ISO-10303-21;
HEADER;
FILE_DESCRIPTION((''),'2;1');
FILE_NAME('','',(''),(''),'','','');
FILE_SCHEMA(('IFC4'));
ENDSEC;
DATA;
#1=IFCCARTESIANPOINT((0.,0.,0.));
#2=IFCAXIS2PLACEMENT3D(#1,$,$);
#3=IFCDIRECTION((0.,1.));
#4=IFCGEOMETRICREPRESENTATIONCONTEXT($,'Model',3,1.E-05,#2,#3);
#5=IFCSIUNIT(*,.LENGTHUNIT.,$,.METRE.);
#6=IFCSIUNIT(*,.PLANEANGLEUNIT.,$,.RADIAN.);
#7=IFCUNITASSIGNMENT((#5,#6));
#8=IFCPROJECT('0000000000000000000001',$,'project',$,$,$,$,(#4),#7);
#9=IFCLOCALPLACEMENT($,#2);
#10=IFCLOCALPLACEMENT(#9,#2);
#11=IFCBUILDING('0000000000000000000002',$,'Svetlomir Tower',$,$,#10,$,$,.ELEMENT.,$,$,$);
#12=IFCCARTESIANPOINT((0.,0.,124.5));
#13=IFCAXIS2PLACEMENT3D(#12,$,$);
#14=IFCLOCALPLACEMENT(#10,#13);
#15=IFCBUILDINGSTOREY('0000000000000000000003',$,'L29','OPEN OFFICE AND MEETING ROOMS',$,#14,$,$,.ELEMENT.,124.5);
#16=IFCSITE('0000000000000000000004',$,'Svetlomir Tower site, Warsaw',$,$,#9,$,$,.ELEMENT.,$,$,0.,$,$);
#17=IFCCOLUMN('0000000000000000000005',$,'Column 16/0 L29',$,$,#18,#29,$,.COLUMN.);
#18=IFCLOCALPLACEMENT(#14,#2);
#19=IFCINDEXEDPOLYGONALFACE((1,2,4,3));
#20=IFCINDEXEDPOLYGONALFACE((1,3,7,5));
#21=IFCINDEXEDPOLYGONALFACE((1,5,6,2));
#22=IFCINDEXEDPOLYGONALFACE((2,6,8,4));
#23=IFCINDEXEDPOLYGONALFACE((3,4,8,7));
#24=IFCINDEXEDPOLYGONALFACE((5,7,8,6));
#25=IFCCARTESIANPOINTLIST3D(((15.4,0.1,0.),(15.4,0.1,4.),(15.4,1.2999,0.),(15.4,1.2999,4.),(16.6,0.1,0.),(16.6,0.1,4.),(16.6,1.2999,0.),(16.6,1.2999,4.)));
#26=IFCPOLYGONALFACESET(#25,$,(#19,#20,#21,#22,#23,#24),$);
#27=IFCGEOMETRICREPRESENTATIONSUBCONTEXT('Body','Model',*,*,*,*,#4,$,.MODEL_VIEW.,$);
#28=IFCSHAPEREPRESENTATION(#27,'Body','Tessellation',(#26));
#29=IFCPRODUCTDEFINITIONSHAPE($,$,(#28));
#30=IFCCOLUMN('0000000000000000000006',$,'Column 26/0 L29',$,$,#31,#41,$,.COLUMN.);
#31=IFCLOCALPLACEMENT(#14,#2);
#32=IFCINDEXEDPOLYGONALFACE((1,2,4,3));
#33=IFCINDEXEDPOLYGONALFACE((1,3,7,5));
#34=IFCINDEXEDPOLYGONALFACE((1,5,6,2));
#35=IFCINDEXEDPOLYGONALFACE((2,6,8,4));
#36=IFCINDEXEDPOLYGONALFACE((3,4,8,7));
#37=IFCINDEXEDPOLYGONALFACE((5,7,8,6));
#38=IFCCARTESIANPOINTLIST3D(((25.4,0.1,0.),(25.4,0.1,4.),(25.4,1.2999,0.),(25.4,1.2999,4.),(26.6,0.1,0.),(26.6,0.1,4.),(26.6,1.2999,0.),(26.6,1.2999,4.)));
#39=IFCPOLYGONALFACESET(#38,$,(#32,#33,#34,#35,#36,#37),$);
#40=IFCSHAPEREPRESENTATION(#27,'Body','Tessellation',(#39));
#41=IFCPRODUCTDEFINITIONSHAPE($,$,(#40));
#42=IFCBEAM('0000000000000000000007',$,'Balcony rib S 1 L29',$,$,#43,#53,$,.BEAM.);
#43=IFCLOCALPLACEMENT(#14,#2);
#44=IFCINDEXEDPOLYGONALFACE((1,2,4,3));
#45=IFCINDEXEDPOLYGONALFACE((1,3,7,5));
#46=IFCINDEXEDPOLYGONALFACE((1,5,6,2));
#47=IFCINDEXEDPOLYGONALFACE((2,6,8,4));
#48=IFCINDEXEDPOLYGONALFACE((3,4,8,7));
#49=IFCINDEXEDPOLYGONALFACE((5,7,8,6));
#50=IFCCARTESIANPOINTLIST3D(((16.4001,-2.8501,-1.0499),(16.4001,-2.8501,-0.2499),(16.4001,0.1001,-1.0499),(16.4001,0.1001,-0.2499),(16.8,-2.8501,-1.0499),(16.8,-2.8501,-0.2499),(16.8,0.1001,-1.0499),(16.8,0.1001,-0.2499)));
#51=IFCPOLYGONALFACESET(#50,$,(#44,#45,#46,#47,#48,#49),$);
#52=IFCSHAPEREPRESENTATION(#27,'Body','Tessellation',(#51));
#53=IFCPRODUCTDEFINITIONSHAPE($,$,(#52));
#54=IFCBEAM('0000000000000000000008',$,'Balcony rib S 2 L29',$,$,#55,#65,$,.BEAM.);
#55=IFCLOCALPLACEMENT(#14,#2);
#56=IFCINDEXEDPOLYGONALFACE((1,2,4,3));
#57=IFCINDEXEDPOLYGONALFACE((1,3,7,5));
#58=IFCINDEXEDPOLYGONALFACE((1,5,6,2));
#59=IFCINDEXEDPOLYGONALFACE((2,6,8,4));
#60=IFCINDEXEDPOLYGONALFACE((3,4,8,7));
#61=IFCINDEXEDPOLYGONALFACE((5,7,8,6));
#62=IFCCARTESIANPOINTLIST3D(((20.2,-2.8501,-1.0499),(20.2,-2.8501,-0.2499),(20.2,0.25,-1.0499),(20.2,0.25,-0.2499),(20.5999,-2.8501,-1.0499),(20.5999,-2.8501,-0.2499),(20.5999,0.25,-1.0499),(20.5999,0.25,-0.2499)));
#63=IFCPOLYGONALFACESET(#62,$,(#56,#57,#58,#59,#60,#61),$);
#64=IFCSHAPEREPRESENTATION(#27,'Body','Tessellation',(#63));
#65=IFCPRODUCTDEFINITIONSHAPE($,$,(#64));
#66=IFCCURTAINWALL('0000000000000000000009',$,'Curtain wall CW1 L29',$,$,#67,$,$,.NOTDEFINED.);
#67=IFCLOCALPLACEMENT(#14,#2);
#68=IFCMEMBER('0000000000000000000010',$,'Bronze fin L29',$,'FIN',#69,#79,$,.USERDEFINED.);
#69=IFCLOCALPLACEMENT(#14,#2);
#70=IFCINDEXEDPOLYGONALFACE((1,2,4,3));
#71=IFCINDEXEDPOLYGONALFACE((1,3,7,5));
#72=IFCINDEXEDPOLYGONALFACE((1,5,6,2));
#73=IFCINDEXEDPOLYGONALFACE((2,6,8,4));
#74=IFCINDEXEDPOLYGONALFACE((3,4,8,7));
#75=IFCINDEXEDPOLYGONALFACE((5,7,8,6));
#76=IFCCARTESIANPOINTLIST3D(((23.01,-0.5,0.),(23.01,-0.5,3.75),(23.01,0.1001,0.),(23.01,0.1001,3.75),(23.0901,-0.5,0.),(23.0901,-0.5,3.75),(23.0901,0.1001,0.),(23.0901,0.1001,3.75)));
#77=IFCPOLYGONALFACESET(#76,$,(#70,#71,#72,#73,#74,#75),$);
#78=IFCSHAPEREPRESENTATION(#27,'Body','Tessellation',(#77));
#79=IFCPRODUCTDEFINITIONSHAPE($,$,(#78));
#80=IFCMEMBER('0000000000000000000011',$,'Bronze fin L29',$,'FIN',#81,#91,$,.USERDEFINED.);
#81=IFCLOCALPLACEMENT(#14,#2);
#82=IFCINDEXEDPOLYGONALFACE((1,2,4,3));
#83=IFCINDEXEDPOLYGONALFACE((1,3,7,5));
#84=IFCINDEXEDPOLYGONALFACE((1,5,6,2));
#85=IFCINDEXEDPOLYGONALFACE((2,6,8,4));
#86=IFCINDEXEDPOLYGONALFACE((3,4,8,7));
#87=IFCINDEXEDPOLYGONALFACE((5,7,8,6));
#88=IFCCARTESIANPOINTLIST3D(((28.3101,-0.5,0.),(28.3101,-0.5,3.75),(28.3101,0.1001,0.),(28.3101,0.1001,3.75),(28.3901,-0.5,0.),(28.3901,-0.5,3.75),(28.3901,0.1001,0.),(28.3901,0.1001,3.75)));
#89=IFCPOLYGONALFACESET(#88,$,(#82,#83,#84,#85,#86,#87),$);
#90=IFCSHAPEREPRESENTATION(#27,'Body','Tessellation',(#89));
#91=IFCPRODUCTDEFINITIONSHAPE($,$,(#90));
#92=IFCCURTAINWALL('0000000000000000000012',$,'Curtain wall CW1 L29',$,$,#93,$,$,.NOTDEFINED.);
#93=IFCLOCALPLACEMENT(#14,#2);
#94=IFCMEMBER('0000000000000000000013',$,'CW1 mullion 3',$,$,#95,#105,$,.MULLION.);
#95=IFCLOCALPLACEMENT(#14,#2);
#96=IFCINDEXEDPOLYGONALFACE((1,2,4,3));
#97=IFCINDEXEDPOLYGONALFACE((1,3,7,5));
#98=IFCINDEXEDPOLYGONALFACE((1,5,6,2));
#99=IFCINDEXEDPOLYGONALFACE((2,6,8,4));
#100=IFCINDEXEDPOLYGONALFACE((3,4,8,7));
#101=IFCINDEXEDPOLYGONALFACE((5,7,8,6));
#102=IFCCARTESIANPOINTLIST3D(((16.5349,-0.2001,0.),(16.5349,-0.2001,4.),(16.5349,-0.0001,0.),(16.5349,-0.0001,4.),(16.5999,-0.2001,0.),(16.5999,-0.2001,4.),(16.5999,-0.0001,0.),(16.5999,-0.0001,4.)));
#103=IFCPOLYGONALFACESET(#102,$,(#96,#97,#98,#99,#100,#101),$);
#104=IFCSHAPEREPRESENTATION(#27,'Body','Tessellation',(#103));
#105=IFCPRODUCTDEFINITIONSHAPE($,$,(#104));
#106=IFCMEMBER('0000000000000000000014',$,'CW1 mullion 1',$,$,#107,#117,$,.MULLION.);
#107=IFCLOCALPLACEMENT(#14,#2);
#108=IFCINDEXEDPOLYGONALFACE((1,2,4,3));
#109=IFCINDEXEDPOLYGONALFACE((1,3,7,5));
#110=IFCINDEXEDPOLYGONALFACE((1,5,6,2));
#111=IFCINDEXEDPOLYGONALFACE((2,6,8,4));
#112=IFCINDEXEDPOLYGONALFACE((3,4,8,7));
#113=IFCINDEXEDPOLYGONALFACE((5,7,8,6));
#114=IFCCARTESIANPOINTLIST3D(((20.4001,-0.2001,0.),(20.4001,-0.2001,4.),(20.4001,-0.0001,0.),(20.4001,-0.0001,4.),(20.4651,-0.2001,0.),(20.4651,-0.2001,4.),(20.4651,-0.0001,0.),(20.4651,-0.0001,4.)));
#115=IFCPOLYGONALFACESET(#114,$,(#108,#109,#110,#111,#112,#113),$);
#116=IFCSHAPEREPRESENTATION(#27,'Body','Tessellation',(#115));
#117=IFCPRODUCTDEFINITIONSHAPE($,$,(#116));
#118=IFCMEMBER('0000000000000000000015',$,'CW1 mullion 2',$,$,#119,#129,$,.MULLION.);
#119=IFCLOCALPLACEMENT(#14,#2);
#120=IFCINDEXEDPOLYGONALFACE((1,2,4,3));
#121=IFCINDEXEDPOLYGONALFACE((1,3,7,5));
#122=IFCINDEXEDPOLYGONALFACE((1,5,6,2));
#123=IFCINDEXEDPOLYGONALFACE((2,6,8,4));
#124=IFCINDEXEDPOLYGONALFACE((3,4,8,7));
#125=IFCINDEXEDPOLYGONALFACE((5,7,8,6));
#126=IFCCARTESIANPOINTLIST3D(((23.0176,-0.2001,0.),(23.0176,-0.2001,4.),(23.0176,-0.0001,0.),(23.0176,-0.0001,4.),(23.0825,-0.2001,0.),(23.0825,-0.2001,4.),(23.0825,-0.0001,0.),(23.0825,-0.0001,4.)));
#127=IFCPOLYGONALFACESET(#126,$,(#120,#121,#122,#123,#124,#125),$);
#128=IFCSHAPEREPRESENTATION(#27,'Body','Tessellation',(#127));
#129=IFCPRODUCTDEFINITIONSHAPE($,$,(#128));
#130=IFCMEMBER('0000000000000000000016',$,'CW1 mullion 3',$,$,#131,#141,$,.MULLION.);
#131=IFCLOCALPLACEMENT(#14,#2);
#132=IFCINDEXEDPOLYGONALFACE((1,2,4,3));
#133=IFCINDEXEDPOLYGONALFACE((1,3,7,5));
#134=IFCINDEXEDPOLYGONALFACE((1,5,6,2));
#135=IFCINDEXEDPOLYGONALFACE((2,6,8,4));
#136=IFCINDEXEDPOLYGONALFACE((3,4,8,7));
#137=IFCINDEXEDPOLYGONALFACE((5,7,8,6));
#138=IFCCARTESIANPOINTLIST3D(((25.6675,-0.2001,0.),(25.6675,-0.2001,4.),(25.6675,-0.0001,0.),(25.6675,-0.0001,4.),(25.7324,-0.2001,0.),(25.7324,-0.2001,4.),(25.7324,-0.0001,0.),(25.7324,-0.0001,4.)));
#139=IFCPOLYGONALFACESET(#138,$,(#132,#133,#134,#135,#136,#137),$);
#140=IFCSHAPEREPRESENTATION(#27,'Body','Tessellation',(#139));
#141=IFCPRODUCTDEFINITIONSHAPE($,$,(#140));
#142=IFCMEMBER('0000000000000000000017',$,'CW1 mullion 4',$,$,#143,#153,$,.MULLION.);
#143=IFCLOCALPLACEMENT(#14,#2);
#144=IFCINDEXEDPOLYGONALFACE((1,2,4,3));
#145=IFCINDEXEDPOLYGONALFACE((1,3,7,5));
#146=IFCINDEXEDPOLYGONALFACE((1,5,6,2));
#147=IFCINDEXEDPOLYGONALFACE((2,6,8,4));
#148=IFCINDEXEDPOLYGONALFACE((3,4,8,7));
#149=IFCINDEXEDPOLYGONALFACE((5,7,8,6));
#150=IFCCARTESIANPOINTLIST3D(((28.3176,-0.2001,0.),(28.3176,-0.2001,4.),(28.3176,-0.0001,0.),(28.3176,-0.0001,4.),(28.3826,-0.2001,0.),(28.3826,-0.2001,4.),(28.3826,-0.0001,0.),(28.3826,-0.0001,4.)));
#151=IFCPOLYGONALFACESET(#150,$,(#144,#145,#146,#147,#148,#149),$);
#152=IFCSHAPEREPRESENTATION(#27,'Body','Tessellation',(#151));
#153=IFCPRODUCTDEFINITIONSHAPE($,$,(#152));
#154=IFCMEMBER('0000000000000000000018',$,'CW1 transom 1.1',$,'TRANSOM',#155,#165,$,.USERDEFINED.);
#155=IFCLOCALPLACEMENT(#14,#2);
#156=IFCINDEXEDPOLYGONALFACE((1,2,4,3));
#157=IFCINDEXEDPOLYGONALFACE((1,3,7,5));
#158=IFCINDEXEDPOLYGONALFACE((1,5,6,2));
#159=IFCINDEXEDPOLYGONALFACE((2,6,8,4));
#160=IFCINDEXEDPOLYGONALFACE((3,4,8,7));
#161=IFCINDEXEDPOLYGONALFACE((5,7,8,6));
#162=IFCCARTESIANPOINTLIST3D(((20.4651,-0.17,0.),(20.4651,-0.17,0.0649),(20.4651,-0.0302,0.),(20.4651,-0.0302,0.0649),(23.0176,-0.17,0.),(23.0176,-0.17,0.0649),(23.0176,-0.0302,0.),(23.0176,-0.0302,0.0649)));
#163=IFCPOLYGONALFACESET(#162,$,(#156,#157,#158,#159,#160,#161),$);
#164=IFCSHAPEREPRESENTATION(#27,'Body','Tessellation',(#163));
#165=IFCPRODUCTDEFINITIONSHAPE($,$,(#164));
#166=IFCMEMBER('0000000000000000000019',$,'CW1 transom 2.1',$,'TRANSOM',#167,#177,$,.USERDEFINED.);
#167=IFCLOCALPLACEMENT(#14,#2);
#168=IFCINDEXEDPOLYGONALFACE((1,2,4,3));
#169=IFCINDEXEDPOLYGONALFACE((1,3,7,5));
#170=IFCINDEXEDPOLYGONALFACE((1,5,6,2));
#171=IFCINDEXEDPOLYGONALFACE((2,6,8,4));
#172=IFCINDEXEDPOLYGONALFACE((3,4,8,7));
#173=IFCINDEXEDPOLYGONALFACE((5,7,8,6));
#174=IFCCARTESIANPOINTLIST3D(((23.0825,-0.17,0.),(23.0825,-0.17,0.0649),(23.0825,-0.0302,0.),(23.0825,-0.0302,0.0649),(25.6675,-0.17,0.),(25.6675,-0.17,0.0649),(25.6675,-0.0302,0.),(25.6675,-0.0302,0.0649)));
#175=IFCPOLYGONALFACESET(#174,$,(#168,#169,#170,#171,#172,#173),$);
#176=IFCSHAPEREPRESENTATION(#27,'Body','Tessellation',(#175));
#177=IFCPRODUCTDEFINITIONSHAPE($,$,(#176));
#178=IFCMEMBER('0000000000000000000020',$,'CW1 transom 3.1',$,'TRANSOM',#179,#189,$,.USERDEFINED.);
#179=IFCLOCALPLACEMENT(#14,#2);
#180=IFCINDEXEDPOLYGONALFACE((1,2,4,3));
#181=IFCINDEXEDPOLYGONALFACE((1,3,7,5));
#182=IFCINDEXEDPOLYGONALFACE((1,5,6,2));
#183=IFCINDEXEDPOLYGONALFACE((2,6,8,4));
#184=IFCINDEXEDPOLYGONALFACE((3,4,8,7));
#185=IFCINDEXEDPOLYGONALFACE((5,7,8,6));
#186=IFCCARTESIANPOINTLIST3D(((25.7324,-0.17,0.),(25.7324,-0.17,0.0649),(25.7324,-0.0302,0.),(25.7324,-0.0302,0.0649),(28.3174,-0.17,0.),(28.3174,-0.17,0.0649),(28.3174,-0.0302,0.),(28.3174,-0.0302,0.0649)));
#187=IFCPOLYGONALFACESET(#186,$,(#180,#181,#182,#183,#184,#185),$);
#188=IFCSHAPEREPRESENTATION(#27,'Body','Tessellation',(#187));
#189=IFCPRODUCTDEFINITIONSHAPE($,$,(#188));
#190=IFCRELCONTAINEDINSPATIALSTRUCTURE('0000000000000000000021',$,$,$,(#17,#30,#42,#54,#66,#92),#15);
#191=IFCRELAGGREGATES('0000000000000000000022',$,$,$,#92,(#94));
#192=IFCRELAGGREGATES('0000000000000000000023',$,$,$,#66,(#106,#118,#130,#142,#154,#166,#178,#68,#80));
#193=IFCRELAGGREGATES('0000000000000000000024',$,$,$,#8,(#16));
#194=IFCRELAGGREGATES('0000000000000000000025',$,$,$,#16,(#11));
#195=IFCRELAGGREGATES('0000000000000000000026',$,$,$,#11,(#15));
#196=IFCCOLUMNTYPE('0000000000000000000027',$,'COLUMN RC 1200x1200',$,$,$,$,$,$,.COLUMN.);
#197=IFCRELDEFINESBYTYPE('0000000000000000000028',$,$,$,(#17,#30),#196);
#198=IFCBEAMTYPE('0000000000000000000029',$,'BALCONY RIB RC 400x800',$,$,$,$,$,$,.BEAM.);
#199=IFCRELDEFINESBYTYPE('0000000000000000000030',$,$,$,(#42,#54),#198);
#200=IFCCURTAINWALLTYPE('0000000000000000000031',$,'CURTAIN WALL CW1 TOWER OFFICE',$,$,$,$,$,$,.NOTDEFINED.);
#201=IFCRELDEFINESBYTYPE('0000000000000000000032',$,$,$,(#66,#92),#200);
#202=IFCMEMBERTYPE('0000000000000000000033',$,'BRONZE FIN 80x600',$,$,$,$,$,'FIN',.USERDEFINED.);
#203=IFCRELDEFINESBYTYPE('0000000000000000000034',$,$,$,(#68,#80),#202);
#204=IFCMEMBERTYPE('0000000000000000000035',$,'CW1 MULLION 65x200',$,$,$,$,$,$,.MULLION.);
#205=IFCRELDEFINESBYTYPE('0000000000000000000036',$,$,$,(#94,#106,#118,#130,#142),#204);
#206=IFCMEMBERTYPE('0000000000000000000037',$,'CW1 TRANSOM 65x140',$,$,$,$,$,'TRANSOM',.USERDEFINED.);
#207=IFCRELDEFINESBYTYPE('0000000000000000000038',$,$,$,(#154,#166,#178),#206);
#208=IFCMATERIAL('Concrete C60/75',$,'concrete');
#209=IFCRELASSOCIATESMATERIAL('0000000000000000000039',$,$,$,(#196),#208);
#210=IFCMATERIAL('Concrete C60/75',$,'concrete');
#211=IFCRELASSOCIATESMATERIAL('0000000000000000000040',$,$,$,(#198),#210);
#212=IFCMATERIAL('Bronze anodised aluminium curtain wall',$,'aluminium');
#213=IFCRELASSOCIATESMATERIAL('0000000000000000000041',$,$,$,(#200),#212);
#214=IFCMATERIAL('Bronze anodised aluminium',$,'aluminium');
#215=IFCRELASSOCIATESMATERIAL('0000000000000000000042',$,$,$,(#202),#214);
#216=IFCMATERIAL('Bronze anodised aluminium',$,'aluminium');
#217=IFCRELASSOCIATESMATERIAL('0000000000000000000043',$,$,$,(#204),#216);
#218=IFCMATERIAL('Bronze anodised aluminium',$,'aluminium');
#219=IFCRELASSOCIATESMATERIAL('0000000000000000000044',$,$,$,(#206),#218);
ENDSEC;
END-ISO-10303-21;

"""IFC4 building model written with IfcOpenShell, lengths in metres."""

from ifc_helpers import new_model, si_unit, direction, frame, origin, origin_2d, place, context, subcontext, project, spatial, rectangle, extrude, material, material_profile, profile_set, type_object, element, aggregate, save


model = new_model("IFC4")

# Units and contexts
model_context = context("Model", 3, precision=1e-05, world=origin(), true_north=direction((0.0, 1.0)))
body_context = subcontext(model_context, "Body", "Model", "MODEL_VIEW")
ifc_project = project(units=[si_unit("LENGTHUNIT", "METRE"), si_unit("PLANEANGLEUNIT", "RADIAN")], contexts=[model_context])

# Site, building, storey
site_placement = place(None, origin())
site = spatial("IfcSite", under=ifc_project, at=site_placement, Name="Svetlomir Tower site, Warsaw", CompositionType="ELEMENT", RefElevation=0.0)
building_placement = place(site_placement, origin())
building = spatial("IfcBuilding", under=site, at=building_placement, Name="Svetlomir Tower", CompositionType="ELEMENT")
storey_placement = place(building_placement, frame((0.0, 0.0, 124.5)))
storey = spatial("IfcBuildingStorey", under=building, at=storey_placement, Name="L29", Description="OPEN OFFICE AND MEETING ROOMS", CompositionType="ELEMENT", Elevation=124.5)

# Columns
ifc_material_1 = material(Name="Concrete C60/75", Category="concrete")
ifc_material_profile_1 = material_profile(ifc_material_1, rectangle(XDim=1.2, YDim=1.2, at=origin_2d()), Name="RC 1200x1200")
ifc_profile_set_1 = profile_set([ifc_material_profile_1], Name="Concrete C60/75")
column_type = type_object("IfcColumnType", Name="COLUMN RC 1200x1200", PredefinedType="COLUMN", material=ifc_profile_set_1)
for number, where, z_axis, x_axis, name in (
    (1, (16.0, 0.7, 0.0), (0.0, 0.0, 1.0), (1.0, 0.0, 0.0), "Column 16/0 L29"),
    (2, (26.0, 0.7, 0.0), (0.0, 0.0, 1.0), (1.0, 0.0, 0.0), "Column 26/0 L29"),
):
    element("IfcColumn", number, at=place(storey_placement, frame(where, z_axis=z_axis, x_axis=x_axis)), inside=storey, type_object=column_type, Name=name, PredefinedType="COLUMN", context=body_context, shape_type="SweptSolid", body=[
        extrude(rectangle(XDim=1.2, YDim=1.2, at=origin_2d()), origin(), (0.0, 0.0, 1.0), 4.0),
    ])

# Beams
ifc_material_2 = material(Name="Concrete C60/75", Category="concrete")
ifc_material_profile_2 = material_profile(ifc_material_2, rectangle(XDim=0.3999, YDim=0.8, at=origin_2d()), Name="RC 400x800")
ifc_profile_set_2 = profile_set([ifc_material_profile_2], Name="Concrete C60/75")
beam_type_1 = type_object("IfcBeamType", Name="BALCONY RIB RC 400x800", PredefinedType="BEAM", material=ifc_profile_set_2)
beam_1_placement = place(storey_placement, frame((16.6001, 0.1001, -0.6499), z_axis=(0.0, -1.0, 0.0), x_axis=(1.0, 0.0, 0.0)))
element("IfcBeam", 3, at=beam_1_placement, inside=storey, type_object=beam_type_1, Name="Balcony rib S 1 L29", PredefinedType="BEAM", context=body_context, shape_type="SweptSolid", body=[
    extrude(rectangle(XDim=0.3999, YDim=0.8, at=origin_2d()), origin(), (0.0, 0.0, 1.0), 2.9502),
])
beam_2_placement = place(storey_placement, frame((20.3999, 0.25, -0.6499), z_axis=(0.0, -1.0, 0.0), x_axis=(1.0, 0.0, 0.0)))
element("IfcBeam", 4, at=beam_2_placement, inside=storey, type_object=beam_type_1, Name="Balcony rib S 2 L29", PredefinedType="BEAM", context=body_context, shape_type="SweptSolid", body=[
    extrude(rectangle(XDim=0.3999, YDim=0.8, at=origin_2d()), origin(), (0.0, 0.0, 1.0), 3.1001),
])

# Curtain wall, members
ifc_material_3 = material(Name="Bronze anodised aluminium curtain wall", Category="aluminium")
curtain_wall_type = type_object("IfcCurtainWallType", Name="CURTAIN WALL CW1 TOWER OFFICE", PredefinedType="NOTDEFINED", material=ifc_material_3)
curtain_wall_1_placement = place(storey_placement, origin())
curtain_wall_1 = element("IfcCurtainWall", 5, at=curtain_wall_1_placement, inside=storey, type_object=curtain_wall_type, Name="Curtain wall CW1 L29", PredefinedType="NOTDEFINED")
ifc_material_4 = material(Name="Bronze anodised aluminium", Category="aluminium")
ifc_material_profile_3 = material_profile(ifc_material_4, rectangle(XDim=0.0801, YDim=0.6001, at=origin_2d()), Name="FIN 80x600")
ifc_profile_set_3 = profile_set([ifc_material_profile_3], Name="Bronze anodised aluminium 6063-T6")
member_type_1 = type_object("IfcMemberType", Name="BRONZE FIN 80x600", ElementType="FIN", PredefinedType="USERDEFINED", material=ifc_profile_set_3)
member_1_placement = place(storey_placement, frame((23.05, -0.2, 0.0), z_axis=(0.0, 0.0, 1.0), x_axis=(1.0, 0.0, 0.0)))
member_1 = element("IfcMember", 6, at=member_1_placement, type_object=member_type_1, Name="Bronze fin L29", ObjectType="FIN", PredefinedType="USERDEFINED", context=body_context, shape_type="SweptSolid", body=[
    extrude(rectangle(XDim=0.0801, YDim=0.6001, at=origin_2d()), origin(), (0.0, 0.0, 1.0), 3.75),
])
member_2_placement = place(storey_placement, frame((28.3501, -0.2, 0.0), z_axis=(0.0, 0.0, 1.0), x_axis=(1.0, 0.0, 0.0)))
member_2 = element("IfcMember", 7, at=member_2_placement, type_object=member_type_1, Name="Bronze fin L29", ObjectType="FIN", PredefinedType="USERDEFINED", context=body_context, shape_type="SweptSolid", body=[
    extrude(rectangle(XDim=0.0801, YDim=0.6001, at=origin_2d()), origin(), (0.0, 0.0, 1.0), 3.75),
])

# Curtain wall, member
curtain_wall_2_placement = place(storey_placement, origin())
curtain_wall_2 = element("IfcCurtainWall", 8, at=curtain_wall_2_placement, inside=storey, type_object=curtain_wall_type, Name="Curtain wall CW1 L29", PredefinedType="NOTDEFINED")
ifc_material_5 = material(Name="Bronze anodised aluminium", Category="aluminium")
ifc_material_profile_4 = material_profile(ifc_material_5, rectangle(XDim=0.0649, YDim=0.2, at=origin_2d()), Name="AL 65x200")
ifc_profile_set_4 = profile_set([ifc_material_profile_4], Name="Bronze anodised aluminium 6063-T6")
member_type_2 = type_object("IfcMemberType", Name="CW1 MULLION 65x200", PredefinedType="MULLION", material=ifc_profile_set_4)
member_3_placement = place(storey_placement, frame((16.5674, -0.1001, 0.0), z_axis=(0.0, 0.0, 1.0), x_axis=(1.0, 0.0, 0.0)))
member_3 = element("IfcMember", 9, at=member_3_placement, type_object=member_type_2, Name="CW1 mullion 3", PredefinedType="MULLION", context=body_context, shape_type="SweptSolid", body=[
    extrude(rectangle(XDim=0.0649, YDim=0.2, at=origin_2d()), origin(), (0.0, 0.0, 1.0), 4.0),
])

# Members
member_4_placement = place(storey_placement, frame((20.4326, -0.1001, 0.0), z_axis=(0.0, 0.0, 1.0), x_axis=(1.0, 0.0, 0.0)))
member_4 = element("IfcMember", 10, at=member_4_placement, type_object=member_type_2, Name="CW1 mullion 1", PredefinedType="MULLION", context=body_context, shape_type="SweptSolid", body=[
    extrude(rectangle(XDim=0.0649, YDim=0.2, at=origin_2d()), origin(), (0.0, 0.0, 1.0), 4.0),
])
member_5_placement = place(storey_placement, frame((23.05, -0.1001, 0.0), z_axis=(0.0, 0.0, 1.0), x_axis=(1.0, 0.0, 0.0)))
member_5 = element("IfcMember", 11, at=member_5_placement, type_object=member_type_2, Name="CW1 mullion 2", PredefinedType="MULLION", context=body_context, shape_type="SweptSolid", body=[
    extrude(rectangle(XDim=0.0649, YDim=0.2, at=origin_2d()), origin(), (0.0, 0.0, 1.0), 4.0),
])
member_6_placement = place(storey_placement, frame((25.7, -0.1001, 0.0), z_axis=(0.0, 0.0, 1.0), x_axis=(1.0, 0.0, 0.0)))
member_6 = element("IfcMember", 12, at=member_6_placement, type_object=member_type_2, Name="CW1 mullion 3", PredefinedType="MULLION", context=body_context, shape_type="SweptSolid", body=[
    extrude(rectangle(XDim=0.0649, YDim=0.2, at=origin_2d()), origin(), (0.0, 0.0, 1.0), 4.0),
])
member_7_placement = place(storey_placement, frame((28.3501, -0.1001, 0.0), z_axis=(0.0, 0.0, 1.0), x_axis=(1.0, 0.0, 0.0)))
member_7 = element("IfcMember", 13, at=member_7_placement, type_object=member_type_2, Name="CW1 mullion 4", PredefinedType="MULLION", context=body_context, shape_type="SweptSolid", body=[
    extrude(rectangle(XDim=0.0649, YDim=0.2, at=origin_2d()), origin(), (0.0, 0.0, 1.0), 4.0),
])
ifc_material_6 = material(Name="Bronze anodised aluminium", Category="aluminium")
ifc_material_profile_5 = material_profile(ifc_material_6, rectangle(XDim=0.1399, YDim=0.0649, at=origin_2d()), Name="AL 140x65")
ifc_profile_set_5 = profile_set([ifc_material_profile_5], Name="Bronze anodised aluminium 6063-T6")
member_type_3 = type_object("IfcMemberType", Name="CW1 TRANSOM 65x140", ElementType="TRANSOM", PredefinedType="USERDEFINED", material=ifc_profile_set_5)
member_8_placement = place(storey_placement, frame((20.4651, -0.1001, 0.0325), z_axis=(1.0, 0.0, 0.0), x_axis=(0.0, 1.0, 0.0)))
member_8 = element("IfcMember", 14, at=member_8_placement, type_object=member_type_3, Name="CW1 transom 1.1", ObjectType="TRANSOM", PredefinedType="USERDEFINED", context=body_context, shape_type="SweptSolid", body=[
    extrude(rectangle(XDim=0.1399, YDim=0.0649, at=origin_2d()), origin(), (0.0, 0.0, 1.0), 2.5525),
])
member_9_placement = place(storey_placement, frame((23.0825, -0.1001, 0.0325), z_axis=(1.0, 0.0, 0.0), x_axis=(0.0, 1.0, 0.0)))
member_9 = element("IfcMember", 15, at=member_9_placement, type_object=member_type_3, Name="CW1 transom 2.1", ObjectType="TRANSOM", PredefinedType="USERDEFINED", context=body_context, shape_type="SweptSolid", body=[
    extrude(rectangle(XDim=0.1399, YDim=0.0649, at=origin_2d()), origin(), (0.0, 0.0, 1.0), 2.585),
])
member_10_placement = place(storey_placement, frame((25.7324, -0.1001, 0.0325), z_axis=(1.0, 0.0, 0.0), x_axis=(0.0, 1.0, 0.0)))
member_10 = element("IfcMember", 16, at=member_10_placement, type_object=member_type_3, Name="CW1 transom 3.1", ObjectType="TRANSOM", PredefinedType="USERDEFINED", context=body_context, shape_type="SweptSolid", body=[
    extrude(rectangle(XDim=0.1399, YDim=0.0649, at=origin_2d()), origin(), (0.0, 0.0, 1.0), 2.585),
])

aggregate(curtain_wall_2, [member_3])
aggregate(curtain_wall_1, [member_4, member_5, member_6, member_7, member_8, member_9, member_10, member_1, member_2])

save(model, "model.ifc")
